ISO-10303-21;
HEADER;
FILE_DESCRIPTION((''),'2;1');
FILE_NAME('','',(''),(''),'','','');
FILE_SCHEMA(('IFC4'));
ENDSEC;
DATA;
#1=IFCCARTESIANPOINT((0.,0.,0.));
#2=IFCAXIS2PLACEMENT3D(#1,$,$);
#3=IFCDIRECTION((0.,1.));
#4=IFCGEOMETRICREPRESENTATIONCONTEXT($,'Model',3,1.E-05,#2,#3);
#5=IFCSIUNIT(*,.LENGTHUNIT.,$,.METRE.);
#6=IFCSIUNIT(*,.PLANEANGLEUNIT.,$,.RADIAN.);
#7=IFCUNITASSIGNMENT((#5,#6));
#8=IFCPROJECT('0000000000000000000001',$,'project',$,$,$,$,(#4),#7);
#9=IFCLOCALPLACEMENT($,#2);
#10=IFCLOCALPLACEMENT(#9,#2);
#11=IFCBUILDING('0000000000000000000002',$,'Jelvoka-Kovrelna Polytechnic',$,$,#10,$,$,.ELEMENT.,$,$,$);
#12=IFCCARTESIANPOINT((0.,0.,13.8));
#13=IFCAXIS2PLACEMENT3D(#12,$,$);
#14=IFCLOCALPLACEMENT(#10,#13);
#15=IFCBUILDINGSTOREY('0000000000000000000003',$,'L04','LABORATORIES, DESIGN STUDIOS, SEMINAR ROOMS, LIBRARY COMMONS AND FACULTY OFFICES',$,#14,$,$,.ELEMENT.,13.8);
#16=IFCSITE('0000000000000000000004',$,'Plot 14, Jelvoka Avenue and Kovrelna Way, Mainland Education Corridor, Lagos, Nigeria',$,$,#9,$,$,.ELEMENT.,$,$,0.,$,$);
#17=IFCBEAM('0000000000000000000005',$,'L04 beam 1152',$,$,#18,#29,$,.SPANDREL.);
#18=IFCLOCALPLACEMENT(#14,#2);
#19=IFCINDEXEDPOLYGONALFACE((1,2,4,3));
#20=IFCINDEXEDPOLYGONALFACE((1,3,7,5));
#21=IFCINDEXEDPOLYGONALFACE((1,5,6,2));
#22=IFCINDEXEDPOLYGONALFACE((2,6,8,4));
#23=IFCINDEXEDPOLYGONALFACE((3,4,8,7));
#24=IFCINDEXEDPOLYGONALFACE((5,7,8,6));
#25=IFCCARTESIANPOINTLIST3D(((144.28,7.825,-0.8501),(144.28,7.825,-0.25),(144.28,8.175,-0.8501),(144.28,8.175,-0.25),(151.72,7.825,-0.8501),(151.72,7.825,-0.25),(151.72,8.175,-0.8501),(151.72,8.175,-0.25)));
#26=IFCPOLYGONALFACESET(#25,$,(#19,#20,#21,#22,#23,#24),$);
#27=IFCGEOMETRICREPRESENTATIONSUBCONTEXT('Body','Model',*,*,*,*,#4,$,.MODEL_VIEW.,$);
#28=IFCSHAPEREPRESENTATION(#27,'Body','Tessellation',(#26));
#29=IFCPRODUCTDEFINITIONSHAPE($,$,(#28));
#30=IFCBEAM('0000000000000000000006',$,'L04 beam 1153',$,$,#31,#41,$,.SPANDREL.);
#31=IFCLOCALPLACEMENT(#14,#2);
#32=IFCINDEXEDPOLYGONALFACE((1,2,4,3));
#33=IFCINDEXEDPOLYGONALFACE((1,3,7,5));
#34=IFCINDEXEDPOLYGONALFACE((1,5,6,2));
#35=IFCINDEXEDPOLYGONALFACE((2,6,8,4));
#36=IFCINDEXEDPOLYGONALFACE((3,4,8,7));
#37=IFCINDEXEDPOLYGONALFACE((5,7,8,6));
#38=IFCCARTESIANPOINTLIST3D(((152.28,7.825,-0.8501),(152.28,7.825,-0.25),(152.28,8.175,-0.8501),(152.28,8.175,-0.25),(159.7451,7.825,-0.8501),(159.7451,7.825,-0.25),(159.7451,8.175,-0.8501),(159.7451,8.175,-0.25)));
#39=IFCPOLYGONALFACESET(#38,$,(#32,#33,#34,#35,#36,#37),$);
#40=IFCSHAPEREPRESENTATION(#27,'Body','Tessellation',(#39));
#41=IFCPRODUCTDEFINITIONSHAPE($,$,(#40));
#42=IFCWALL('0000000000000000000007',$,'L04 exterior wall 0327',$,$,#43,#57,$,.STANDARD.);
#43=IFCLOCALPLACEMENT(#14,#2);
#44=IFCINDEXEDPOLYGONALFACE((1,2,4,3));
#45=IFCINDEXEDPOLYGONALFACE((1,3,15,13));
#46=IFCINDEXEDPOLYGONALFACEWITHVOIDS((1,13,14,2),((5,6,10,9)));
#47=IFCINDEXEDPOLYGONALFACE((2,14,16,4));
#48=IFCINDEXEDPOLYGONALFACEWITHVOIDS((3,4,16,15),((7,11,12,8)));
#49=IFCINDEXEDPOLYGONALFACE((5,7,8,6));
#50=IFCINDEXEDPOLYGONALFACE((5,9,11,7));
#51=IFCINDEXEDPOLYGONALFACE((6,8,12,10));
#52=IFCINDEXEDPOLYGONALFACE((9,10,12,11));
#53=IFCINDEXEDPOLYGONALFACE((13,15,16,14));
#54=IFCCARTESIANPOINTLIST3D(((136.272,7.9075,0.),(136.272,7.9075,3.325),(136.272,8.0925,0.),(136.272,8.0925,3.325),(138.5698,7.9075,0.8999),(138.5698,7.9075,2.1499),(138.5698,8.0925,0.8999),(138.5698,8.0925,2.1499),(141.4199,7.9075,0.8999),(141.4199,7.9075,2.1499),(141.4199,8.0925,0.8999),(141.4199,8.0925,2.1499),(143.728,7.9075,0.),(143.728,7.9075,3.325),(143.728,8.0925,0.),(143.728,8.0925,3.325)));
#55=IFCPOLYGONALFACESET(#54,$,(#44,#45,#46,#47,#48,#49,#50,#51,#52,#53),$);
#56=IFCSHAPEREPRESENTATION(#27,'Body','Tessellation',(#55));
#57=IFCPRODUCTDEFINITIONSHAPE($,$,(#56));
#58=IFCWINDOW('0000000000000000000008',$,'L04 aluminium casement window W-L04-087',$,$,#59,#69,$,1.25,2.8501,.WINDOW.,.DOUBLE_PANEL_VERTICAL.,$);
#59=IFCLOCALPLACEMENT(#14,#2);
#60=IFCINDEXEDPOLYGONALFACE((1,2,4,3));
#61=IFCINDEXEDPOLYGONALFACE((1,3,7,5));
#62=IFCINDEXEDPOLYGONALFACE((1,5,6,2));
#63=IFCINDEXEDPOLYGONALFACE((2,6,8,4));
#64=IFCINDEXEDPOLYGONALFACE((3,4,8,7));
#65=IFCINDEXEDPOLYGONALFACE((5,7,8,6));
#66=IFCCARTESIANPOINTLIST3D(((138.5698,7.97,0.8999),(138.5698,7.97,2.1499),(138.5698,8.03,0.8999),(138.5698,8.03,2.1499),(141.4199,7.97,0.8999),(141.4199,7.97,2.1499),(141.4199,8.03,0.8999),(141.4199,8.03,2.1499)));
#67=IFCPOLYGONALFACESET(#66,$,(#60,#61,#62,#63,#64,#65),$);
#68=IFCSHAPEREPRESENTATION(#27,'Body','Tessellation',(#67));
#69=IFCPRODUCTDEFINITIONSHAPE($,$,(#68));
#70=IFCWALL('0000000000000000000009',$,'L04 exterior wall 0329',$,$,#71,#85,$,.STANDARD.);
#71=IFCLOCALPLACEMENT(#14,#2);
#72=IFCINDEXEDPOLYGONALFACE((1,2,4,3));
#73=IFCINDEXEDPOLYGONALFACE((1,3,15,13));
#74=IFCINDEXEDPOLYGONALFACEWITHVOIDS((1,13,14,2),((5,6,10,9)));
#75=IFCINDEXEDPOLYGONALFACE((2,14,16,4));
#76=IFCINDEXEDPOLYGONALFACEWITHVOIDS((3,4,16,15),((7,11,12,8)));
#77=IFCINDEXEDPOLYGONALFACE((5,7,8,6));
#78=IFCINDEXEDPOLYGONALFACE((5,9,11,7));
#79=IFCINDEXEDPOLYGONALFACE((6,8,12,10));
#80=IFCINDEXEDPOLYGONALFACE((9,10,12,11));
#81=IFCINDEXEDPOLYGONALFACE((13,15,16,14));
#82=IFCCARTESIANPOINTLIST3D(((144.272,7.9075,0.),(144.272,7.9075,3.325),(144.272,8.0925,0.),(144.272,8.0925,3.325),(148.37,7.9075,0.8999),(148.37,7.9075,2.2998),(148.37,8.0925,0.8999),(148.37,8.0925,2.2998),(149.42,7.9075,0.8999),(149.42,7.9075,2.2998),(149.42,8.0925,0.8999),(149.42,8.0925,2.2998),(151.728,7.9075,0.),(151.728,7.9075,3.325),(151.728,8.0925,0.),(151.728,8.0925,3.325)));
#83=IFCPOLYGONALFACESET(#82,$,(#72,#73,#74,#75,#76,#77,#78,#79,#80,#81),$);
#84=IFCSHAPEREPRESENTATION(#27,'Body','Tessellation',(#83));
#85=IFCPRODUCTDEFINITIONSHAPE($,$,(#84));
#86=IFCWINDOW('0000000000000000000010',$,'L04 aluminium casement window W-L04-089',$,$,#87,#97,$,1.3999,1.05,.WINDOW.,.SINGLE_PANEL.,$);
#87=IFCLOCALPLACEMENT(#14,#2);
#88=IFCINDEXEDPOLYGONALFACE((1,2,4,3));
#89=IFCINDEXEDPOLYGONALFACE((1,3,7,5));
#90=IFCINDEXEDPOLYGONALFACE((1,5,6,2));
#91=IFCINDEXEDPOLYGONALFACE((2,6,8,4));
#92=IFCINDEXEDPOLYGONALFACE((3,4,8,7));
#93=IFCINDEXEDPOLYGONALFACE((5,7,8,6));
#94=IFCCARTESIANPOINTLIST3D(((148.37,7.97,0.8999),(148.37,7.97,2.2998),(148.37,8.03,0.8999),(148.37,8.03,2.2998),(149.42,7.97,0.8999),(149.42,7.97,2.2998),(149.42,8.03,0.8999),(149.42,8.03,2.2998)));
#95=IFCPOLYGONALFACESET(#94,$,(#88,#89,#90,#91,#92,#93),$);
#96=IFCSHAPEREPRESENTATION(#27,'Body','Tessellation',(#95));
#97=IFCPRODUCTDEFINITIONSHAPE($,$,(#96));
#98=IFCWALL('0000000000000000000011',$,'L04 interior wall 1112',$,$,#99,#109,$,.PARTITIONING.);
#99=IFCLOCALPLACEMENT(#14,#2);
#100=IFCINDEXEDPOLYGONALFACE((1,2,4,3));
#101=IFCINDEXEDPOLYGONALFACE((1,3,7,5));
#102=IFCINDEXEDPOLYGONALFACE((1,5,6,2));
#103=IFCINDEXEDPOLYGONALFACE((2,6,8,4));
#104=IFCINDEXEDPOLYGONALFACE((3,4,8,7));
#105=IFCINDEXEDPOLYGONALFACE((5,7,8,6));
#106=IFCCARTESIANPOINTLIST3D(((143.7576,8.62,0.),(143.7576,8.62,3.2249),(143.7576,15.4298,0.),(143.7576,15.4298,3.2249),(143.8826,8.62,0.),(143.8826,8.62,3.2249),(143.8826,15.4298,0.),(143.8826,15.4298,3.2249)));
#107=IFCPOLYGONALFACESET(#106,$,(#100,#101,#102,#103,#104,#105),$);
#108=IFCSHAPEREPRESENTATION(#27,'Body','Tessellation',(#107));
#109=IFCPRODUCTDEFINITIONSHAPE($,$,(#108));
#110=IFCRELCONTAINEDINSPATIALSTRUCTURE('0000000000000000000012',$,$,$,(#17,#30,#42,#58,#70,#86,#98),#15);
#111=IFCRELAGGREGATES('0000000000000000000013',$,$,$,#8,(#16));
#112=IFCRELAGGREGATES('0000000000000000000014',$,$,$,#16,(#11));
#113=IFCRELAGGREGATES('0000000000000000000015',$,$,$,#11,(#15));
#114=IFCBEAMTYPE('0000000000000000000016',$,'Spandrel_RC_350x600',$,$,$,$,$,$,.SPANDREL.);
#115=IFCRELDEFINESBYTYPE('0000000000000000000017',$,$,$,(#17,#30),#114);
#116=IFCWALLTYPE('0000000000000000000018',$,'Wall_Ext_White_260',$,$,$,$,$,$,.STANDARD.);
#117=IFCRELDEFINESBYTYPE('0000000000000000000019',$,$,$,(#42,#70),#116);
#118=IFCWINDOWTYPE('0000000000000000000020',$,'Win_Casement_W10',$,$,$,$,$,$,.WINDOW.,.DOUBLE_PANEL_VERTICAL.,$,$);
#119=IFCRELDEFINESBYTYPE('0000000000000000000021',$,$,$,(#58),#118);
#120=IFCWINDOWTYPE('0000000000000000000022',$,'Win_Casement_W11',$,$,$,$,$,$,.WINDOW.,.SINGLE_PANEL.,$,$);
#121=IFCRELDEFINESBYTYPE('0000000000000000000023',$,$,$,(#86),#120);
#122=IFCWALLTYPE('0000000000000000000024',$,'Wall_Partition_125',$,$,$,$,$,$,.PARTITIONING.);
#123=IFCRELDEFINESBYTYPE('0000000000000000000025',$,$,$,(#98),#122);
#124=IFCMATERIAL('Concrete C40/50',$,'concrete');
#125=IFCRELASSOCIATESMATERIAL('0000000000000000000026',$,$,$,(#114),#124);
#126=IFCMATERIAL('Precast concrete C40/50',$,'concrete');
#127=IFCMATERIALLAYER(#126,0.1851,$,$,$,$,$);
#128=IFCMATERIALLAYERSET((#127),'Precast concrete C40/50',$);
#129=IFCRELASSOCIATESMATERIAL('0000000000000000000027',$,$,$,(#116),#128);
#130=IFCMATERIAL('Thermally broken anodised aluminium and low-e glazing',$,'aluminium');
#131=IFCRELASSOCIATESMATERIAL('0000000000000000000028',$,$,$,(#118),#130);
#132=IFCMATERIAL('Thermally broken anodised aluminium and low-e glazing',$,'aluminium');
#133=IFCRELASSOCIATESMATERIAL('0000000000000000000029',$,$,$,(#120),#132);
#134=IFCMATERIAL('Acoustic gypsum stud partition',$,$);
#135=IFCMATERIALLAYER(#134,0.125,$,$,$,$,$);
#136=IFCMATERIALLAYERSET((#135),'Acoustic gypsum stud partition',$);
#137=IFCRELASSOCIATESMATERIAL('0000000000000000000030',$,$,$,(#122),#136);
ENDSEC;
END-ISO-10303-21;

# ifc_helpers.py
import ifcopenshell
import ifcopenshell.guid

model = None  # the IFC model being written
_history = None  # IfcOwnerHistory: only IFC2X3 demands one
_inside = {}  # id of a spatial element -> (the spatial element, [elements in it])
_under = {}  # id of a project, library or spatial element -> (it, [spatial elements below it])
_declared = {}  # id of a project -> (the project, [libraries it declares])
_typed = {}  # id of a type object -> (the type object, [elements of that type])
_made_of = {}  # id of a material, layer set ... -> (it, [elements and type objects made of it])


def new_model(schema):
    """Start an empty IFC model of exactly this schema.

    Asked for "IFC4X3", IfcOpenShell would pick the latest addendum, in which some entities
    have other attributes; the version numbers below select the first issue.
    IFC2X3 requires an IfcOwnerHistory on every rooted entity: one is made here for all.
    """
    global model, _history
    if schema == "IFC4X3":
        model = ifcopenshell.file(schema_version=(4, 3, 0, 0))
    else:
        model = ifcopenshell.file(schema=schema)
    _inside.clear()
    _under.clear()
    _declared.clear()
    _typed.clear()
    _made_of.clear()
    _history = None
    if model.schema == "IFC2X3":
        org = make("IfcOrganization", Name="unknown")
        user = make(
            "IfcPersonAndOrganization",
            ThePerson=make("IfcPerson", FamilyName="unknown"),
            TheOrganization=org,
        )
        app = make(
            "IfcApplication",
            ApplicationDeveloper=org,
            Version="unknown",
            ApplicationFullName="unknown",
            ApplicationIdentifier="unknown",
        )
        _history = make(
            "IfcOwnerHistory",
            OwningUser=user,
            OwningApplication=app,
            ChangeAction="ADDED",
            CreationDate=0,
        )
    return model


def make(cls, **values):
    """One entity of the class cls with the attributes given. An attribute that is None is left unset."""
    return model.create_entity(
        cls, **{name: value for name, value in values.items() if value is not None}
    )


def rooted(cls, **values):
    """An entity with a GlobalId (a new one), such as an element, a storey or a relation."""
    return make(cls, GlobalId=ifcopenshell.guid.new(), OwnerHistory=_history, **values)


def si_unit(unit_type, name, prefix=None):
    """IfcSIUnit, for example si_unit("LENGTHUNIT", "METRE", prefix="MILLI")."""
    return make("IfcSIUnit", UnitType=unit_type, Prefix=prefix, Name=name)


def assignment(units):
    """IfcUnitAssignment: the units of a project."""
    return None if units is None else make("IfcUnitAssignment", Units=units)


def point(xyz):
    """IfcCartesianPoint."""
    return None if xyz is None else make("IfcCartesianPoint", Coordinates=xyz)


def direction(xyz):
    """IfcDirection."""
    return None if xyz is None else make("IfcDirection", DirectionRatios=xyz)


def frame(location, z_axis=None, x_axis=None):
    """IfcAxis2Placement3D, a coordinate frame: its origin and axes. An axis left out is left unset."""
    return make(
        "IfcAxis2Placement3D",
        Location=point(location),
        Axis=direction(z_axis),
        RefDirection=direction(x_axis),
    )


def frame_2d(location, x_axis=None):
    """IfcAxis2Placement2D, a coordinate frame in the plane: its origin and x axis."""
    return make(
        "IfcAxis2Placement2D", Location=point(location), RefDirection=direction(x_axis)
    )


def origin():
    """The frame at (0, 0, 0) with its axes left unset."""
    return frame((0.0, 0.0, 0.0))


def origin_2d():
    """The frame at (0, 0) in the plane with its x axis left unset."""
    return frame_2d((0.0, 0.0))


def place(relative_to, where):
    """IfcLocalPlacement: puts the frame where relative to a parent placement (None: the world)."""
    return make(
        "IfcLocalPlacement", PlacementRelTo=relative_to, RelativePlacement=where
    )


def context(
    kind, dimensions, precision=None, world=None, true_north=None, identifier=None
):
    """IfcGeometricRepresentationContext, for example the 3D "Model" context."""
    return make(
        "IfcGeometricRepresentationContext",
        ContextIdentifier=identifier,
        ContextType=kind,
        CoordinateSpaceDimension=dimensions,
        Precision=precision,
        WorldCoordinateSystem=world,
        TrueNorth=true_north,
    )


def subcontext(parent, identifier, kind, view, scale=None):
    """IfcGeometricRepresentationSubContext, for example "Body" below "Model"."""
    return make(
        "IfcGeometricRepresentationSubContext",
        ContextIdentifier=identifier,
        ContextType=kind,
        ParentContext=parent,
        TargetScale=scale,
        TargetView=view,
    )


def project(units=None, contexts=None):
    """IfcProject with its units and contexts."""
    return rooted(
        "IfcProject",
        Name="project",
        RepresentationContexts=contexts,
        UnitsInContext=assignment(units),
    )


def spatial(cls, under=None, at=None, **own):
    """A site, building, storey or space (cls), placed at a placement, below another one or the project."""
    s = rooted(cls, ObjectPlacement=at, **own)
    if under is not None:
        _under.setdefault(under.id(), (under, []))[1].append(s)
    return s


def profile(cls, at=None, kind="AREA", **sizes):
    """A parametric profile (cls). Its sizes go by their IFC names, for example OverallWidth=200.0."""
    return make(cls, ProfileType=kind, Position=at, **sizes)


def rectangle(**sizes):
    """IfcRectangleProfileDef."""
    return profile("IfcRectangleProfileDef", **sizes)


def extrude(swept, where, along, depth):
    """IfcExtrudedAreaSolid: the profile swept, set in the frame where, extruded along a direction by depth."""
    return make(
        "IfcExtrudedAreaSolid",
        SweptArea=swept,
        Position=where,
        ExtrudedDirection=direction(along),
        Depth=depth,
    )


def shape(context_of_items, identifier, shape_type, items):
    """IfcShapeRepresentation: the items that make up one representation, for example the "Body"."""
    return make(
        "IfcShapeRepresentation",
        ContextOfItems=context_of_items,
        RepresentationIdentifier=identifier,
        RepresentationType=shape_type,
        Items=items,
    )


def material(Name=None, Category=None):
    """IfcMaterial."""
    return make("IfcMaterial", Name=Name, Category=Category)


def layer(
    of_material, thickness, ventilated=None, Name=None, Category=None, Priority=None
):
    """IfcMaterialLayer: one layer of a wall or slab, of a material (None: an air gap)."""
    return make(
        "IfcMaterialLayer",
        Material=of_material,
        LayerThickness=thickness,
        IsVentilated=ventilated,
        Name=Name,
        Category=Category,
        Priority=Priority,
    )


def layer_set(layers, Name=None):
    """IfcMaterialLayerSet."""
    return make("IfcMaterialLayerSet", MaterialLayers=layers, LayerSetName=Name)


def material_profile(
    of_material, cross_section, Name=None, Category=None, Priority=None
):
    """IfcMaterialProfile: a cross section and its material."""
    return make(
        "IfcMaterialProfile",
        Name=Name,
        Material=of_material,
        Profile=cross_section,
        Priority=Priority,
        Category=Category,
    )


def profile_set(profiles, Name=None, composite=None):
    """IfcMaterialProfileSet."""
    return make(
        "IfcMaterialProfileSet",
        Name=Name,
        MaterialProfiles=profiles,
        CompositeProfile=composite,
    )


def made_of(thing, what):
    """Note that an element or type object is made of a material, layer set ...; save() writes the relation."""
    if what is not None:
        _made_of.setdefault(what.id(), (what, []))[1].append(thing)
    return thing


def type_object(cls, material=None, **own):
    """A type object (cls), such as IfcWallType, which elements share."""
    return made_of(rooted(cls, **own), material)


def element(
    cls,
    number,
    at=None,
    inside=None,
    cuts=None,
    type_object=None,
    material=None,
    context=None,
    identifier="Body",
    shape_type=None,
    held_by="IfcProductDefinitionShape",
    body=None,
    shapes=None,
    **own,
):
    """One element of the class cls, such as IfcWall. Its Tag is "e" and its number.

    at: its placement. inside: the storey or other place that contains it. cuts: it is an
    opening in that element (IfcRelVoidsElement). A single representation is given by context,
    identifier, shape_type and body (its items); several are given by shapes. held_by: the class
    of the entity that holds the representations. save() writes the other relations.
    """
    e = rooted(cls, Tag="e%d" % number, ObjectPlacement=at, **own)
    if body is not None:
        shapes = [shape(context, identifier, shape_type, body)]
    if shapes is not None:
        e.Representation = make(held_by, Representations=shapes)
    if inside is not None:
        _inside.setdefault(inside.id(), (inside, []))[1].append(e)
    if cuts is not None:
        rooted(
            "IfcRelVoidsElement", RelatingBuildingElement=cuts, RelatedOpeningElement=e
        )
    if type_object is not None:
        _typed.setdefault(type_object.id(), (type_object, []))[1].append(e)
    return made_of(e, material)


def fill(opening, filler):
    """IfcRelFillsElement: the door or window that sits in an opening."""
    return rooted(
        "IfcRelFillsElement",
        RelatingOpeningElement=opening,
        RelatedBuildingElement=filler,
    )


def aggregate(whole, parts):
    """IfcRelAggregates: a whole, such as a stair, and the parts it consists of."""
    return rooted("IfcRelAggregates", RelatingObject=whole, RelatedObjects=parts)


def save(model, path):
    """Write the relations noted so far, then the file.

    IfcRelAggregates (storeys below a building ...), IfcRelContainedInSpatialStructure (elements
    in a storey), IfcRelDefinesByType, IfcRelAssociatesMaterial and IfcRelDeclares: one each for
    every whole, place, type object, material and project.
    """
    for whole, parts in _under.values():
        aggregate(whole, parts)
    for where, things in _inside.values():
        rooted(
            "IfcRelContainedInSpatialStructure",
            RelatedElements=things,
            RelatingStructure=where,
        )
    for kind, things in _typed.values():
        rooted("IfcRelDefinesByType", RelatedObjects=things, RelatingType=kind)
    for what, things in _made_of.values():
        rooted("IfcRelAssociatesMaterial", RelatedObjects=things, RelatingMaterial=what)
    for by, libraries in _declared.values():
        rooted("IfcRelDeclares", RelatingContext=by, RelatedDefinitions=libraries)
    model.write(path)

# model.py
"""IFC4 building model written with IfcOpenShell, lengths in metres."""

from ifc_helpers import new_model, si_unit, direction, frame, frame_2d, origin, origin_2d, place, context, subcontext, project, spatial, rectangle, extrude, material, layer, layer_set, material_profile, profile_set, type_object, element, fill, save


model = new_model("IFC4")

# Units and contexts
model_context = context("Model", 3, precision=1e-05, world=origin(), true_north=direction((0.0, 1.0)))
body_context = subcontext(model_context, "Body", "Model", "MODEL_VIEW")
ifc_project = project(units=[si_unit("LENGTHUNIT", "METRE"), si_unit("PLANEANGLEUNIT", "RADIAN")], contexts=[model_context])

# Site, building, storey
site_placement = place(None, origin())
site = spatial("IfcSite", under=ifc_project, at=site_placement, Name="Plot 14, Jelvoka Avenue and Kovrelna Way, Mainland Education Corridor, Lagos, Nigeria", CompositionType="ELEMENT", RefElevation=0.0)
building_placement = place(site_placement, origin())
building = spatial("IfcBuilding", under=site, at=building_placement, Name="Jelvoka-Kovrelna Polytechnic", CompositionType="ELEMENT")
storey_placement = place(building_placement, frame((0.0, 0.0, 13.8)))
storey = spatial("IfcBuildingStorey", under=building, at=storey_placement, Name="L04", Description="LABORATORIES, DESIGN STUDIOS, SEMINAR ROOMS, LIBRARY COMMONS AND FACULTY OFFICES", CompositionType="ELEMENT", Elevation=13.8)

# Beams
ifc_material_1 = material(Name="Concrete C40/50", Category="concrete")
ifc_material_profile_1 = material_profile(ifc_material_1, rectangle(XDim=0.3501, YDim=0.6001, at=origin_2d()), Name="RC 350x600")
ifc_profile_set_1 = profile_set([ifc_material_profile_1], Name="Concrete C40/50")
beam_type_1 = type_object("IfcBeamType", Name="Spandrel_RC_350x600", PredefinedType="SPANDREL", material=ifc_profile_set_1)
beam_1_placement = place(storey_placement, frame((144.28, 8.0, -0.55), z_axis=(1.0, 0.0, 0.0), x_axis=(0.0, 1.0, 0.0)))
element("IfcBeam", 1, at=beam_1_placement, inside=storey, type_object=beam_type_1, Name="L04 beam 1152", PredefinedType="SPANDREL", context=body_context, shape_type="SweptSolid", body=[
    extrude(rectangle(XDim=0.3501, YDim=0.6001, at=origin_2d()), origin(), (0.0, 0.0, 1.0), 7.4399),
])
beam_2_placement = place(storey_placement, frame((152.28, 8.0, -0.55), z_axis=(1.0, 0.0, 0.0), x_axis=(0.0, 1.0, 0.0)))
element("IfcBeam", 2, at=beam_2_placement, inside=storey, type_object=beam_type_1, Name="L04 beam 1153", PredefinedType="SPANDREL", context=body_context, shape_type="SweptSolid", body=[
    extrude(rectangle(XDim=0.3501, YDim=0.6001, at=origin_2d()), origin(), (0.0, 0.0, 1.0), 7.4651),
])

# Walls, openings, windows
ifc_material_2 = material(Name="Precast concrete C40/50", Category="concrete")
ifc_layer_1 = layer(ifc_material_2, 0.1851)
ifc_layer_set_1 = layer_set([ifc_layer_1], Name="Precast concrete C40/50")
wall_type_1 = type_object("IfcWallType", Name="Wall_Ext_White_260", PredefinedType="STANDARD", material=ifc_layer_set_1)
wall_1_placement = place(storey_placement, frame((143.728, 8.0, 0.0), z_axis=(0.0, 0.0, 1.0), x_axis=(-1.0, 0.0, 0.0)))
wall_1 = element("IfcWall", 3, at=wall_1_placement, inside=storey, type_object=wall_type_1, Name="L04 exterior wall 0327", PredefinedType="STANDARD", context=body_context, shape_type="SweptSolid", body=[
    extrude(rectangle(XDim=7.4561, YDim=0.1851, at=frame_2d((3.728, 0.0))), origin(), (0.0, 0.0, 1.0), 3.325),
])
opening_1_placement = place(wall_1_placement, frame((2.3081, 0.0, 0.8999)))
opening_1 = element("IfcOpeningElement", 4, at=opening_1_placement, cuts=wall_1, PredefinedType="OPENING", context=body_context, shape_type="SweptSolid", body=[
    extrude(rectangle(XDim=2.8501, YDim=1.25, at=frame_2d((1.425, 0.625))), frame((0.0, 0.1025, 0.0), z_axis=(0.0, -1.0, 0.0), x_axis=(1.0, 0.0, 0.0)), (0.0, 0.0, 1.0), 0.2051),
])
ifc_material_3 = material(Name="Thermally broken anodised aluminium and low-e glazing", Category="aluminium")
window_type_1 = type_object("IfcWindowType", Name="Win_Casement_W10", PartitioningType="DOUBLE_PANEL_VERTICAL", PredefinedType="WINDOW", material=ifc_material_3)
window_1_placement = place(opening_1_placement, origin())
window_1 = element("IfcWindow", 5, at=window_1_placement, inside=storey, type_object=window_type_1, Name="L04 aluminium casement window W-L04-087", OverallHeight=1.25, OverallWidth=2.8501, PartitioningType="DOUBLE_PANEL_VERTICAL", PredefinedType="WINDOW", context=body_context, shape_type="SweptSolid", body=[
    extrude(rectangle(XDim=2.8501, YDim=1.25, at=frame_2d((1.425, 0.625))), frame((0.0, 0.03, 0.0), z_axis=(0.0, -1.0, 0.0), x_axis=(1.0, 0.0, 0.0)), (0.0, 0.0, 1.0), 0.0601),
])
fill(opening_1, window_1)
wall_2_placement = place(storey_placement, frame((151.728, 8.0, 0.0), z_axis=(0.0, 0.0, 1.0), x_axis=(-1.0, 0.0, 0.0)))
wall_2 = element("IfcWall", 6, at=wall_2_placement, inside=storey, type_object=wall_type_1, Name="L04 exterior wall 0329", PredefinedType="STANDARD", context=body_context, shape_type="SweptSolid", body=[
    extrude(rectangle(XDim=7.4561, YDim=0.1851, at=frame_2d((3.728, 0.0))), origin(), (0.0, 0.0, 1.0), 3.325),
])
opening_2_placement = place(wall_2_placement, frame((2.3081, 0.0, 0.8999)))
opening_2 = element("IfcOpeningElement", 7, at=opening_2_placement, cuts=wall_2, PredefinedType="OPENING", context=body_context, shape_type="SweptSolid", body=[
    extrude(rectangle(XDim=1.05, YDim=1.3999, at=frame_2d((0.5249, 0.7))), frame((0.0, 0.1025, 0.0), z_axis=(0.0, -1.0, 0.0), x_axis=(1.0, 0.0, 0.0)), (0.0, 0.0, 1.0), 0.2051),
])
ifc_material_4 = material(Name="Thermally broken anodised aluminium and low-e glazing", Category="aluminium")
window_type_2 = type_object("IfcWindowType", Name="Win_Casement_W11", PartitioningType="SINGLE_PANEL", PredefinedType="WINDOW", material=ifc_material_4)
window_2_placement = place(opening_2_placement, origin())
window_2 = element("IfcWindow", 8, at=window_2_placement, inside=storey, type_object=window_type_2, Name="L04 aluminium casement window W-L04-089", OverallHeight=1.3999, OverallWidth=1.05, PartitioningType="SINGLE_PANEL", PredefinedType="WINDOW", context=body_context, shape_type="SweptSolid", body=[
    extrude(rectangle(XDim=1.05, YDim=1.3999, at=frame_2d((0.5249, 0.7))), frame((0.0, 0.03, 0.0), z_axis=(0.0, -1.0, 0.0), x_axis=(1.0, 0.0, 0.0)), (0.0, 0.0, 1.0), 0.0601),
])
fill(opening_2, window_2)

# Wall
ifc_material_5 = material(Name="Acoustic gypsum stud partition")
ifc_layer_2 = layer(ifc_material_5, 0.125)
ifc_layer_set_2 = layer_set([ifc_layer_2], Name="Acoustic gypsum stud partition")
wall_type_2 = type_object("IfcWallType", Name="Wall_Partition_125", PredefinedType="PARTITIONING", material=ifc_layer_set_2)
wall_3_placement = place(storey_placement, frame((143.8201, 8.6201, 0.0), z_axis=(0.0, 0.0, 1.0), x_axis=(0.0, 1.0, 0.0)))
element("IfcWall", 9, at=wall_3_placement, inside=storey, type_object=wall_type_2, Name="L04 interior wall 1112", PredefinedType="PARTITIONING", context=body_context, shape_type="SweptSolid", body=[
    extrude(rectangle(XDim=6.8098, YDim=0.125, at=frame_2d((3.4048, 0.0))), origin(), (0.0, 0.0, 1.0), 3.2249),
])

save(model, "model.ifc")
